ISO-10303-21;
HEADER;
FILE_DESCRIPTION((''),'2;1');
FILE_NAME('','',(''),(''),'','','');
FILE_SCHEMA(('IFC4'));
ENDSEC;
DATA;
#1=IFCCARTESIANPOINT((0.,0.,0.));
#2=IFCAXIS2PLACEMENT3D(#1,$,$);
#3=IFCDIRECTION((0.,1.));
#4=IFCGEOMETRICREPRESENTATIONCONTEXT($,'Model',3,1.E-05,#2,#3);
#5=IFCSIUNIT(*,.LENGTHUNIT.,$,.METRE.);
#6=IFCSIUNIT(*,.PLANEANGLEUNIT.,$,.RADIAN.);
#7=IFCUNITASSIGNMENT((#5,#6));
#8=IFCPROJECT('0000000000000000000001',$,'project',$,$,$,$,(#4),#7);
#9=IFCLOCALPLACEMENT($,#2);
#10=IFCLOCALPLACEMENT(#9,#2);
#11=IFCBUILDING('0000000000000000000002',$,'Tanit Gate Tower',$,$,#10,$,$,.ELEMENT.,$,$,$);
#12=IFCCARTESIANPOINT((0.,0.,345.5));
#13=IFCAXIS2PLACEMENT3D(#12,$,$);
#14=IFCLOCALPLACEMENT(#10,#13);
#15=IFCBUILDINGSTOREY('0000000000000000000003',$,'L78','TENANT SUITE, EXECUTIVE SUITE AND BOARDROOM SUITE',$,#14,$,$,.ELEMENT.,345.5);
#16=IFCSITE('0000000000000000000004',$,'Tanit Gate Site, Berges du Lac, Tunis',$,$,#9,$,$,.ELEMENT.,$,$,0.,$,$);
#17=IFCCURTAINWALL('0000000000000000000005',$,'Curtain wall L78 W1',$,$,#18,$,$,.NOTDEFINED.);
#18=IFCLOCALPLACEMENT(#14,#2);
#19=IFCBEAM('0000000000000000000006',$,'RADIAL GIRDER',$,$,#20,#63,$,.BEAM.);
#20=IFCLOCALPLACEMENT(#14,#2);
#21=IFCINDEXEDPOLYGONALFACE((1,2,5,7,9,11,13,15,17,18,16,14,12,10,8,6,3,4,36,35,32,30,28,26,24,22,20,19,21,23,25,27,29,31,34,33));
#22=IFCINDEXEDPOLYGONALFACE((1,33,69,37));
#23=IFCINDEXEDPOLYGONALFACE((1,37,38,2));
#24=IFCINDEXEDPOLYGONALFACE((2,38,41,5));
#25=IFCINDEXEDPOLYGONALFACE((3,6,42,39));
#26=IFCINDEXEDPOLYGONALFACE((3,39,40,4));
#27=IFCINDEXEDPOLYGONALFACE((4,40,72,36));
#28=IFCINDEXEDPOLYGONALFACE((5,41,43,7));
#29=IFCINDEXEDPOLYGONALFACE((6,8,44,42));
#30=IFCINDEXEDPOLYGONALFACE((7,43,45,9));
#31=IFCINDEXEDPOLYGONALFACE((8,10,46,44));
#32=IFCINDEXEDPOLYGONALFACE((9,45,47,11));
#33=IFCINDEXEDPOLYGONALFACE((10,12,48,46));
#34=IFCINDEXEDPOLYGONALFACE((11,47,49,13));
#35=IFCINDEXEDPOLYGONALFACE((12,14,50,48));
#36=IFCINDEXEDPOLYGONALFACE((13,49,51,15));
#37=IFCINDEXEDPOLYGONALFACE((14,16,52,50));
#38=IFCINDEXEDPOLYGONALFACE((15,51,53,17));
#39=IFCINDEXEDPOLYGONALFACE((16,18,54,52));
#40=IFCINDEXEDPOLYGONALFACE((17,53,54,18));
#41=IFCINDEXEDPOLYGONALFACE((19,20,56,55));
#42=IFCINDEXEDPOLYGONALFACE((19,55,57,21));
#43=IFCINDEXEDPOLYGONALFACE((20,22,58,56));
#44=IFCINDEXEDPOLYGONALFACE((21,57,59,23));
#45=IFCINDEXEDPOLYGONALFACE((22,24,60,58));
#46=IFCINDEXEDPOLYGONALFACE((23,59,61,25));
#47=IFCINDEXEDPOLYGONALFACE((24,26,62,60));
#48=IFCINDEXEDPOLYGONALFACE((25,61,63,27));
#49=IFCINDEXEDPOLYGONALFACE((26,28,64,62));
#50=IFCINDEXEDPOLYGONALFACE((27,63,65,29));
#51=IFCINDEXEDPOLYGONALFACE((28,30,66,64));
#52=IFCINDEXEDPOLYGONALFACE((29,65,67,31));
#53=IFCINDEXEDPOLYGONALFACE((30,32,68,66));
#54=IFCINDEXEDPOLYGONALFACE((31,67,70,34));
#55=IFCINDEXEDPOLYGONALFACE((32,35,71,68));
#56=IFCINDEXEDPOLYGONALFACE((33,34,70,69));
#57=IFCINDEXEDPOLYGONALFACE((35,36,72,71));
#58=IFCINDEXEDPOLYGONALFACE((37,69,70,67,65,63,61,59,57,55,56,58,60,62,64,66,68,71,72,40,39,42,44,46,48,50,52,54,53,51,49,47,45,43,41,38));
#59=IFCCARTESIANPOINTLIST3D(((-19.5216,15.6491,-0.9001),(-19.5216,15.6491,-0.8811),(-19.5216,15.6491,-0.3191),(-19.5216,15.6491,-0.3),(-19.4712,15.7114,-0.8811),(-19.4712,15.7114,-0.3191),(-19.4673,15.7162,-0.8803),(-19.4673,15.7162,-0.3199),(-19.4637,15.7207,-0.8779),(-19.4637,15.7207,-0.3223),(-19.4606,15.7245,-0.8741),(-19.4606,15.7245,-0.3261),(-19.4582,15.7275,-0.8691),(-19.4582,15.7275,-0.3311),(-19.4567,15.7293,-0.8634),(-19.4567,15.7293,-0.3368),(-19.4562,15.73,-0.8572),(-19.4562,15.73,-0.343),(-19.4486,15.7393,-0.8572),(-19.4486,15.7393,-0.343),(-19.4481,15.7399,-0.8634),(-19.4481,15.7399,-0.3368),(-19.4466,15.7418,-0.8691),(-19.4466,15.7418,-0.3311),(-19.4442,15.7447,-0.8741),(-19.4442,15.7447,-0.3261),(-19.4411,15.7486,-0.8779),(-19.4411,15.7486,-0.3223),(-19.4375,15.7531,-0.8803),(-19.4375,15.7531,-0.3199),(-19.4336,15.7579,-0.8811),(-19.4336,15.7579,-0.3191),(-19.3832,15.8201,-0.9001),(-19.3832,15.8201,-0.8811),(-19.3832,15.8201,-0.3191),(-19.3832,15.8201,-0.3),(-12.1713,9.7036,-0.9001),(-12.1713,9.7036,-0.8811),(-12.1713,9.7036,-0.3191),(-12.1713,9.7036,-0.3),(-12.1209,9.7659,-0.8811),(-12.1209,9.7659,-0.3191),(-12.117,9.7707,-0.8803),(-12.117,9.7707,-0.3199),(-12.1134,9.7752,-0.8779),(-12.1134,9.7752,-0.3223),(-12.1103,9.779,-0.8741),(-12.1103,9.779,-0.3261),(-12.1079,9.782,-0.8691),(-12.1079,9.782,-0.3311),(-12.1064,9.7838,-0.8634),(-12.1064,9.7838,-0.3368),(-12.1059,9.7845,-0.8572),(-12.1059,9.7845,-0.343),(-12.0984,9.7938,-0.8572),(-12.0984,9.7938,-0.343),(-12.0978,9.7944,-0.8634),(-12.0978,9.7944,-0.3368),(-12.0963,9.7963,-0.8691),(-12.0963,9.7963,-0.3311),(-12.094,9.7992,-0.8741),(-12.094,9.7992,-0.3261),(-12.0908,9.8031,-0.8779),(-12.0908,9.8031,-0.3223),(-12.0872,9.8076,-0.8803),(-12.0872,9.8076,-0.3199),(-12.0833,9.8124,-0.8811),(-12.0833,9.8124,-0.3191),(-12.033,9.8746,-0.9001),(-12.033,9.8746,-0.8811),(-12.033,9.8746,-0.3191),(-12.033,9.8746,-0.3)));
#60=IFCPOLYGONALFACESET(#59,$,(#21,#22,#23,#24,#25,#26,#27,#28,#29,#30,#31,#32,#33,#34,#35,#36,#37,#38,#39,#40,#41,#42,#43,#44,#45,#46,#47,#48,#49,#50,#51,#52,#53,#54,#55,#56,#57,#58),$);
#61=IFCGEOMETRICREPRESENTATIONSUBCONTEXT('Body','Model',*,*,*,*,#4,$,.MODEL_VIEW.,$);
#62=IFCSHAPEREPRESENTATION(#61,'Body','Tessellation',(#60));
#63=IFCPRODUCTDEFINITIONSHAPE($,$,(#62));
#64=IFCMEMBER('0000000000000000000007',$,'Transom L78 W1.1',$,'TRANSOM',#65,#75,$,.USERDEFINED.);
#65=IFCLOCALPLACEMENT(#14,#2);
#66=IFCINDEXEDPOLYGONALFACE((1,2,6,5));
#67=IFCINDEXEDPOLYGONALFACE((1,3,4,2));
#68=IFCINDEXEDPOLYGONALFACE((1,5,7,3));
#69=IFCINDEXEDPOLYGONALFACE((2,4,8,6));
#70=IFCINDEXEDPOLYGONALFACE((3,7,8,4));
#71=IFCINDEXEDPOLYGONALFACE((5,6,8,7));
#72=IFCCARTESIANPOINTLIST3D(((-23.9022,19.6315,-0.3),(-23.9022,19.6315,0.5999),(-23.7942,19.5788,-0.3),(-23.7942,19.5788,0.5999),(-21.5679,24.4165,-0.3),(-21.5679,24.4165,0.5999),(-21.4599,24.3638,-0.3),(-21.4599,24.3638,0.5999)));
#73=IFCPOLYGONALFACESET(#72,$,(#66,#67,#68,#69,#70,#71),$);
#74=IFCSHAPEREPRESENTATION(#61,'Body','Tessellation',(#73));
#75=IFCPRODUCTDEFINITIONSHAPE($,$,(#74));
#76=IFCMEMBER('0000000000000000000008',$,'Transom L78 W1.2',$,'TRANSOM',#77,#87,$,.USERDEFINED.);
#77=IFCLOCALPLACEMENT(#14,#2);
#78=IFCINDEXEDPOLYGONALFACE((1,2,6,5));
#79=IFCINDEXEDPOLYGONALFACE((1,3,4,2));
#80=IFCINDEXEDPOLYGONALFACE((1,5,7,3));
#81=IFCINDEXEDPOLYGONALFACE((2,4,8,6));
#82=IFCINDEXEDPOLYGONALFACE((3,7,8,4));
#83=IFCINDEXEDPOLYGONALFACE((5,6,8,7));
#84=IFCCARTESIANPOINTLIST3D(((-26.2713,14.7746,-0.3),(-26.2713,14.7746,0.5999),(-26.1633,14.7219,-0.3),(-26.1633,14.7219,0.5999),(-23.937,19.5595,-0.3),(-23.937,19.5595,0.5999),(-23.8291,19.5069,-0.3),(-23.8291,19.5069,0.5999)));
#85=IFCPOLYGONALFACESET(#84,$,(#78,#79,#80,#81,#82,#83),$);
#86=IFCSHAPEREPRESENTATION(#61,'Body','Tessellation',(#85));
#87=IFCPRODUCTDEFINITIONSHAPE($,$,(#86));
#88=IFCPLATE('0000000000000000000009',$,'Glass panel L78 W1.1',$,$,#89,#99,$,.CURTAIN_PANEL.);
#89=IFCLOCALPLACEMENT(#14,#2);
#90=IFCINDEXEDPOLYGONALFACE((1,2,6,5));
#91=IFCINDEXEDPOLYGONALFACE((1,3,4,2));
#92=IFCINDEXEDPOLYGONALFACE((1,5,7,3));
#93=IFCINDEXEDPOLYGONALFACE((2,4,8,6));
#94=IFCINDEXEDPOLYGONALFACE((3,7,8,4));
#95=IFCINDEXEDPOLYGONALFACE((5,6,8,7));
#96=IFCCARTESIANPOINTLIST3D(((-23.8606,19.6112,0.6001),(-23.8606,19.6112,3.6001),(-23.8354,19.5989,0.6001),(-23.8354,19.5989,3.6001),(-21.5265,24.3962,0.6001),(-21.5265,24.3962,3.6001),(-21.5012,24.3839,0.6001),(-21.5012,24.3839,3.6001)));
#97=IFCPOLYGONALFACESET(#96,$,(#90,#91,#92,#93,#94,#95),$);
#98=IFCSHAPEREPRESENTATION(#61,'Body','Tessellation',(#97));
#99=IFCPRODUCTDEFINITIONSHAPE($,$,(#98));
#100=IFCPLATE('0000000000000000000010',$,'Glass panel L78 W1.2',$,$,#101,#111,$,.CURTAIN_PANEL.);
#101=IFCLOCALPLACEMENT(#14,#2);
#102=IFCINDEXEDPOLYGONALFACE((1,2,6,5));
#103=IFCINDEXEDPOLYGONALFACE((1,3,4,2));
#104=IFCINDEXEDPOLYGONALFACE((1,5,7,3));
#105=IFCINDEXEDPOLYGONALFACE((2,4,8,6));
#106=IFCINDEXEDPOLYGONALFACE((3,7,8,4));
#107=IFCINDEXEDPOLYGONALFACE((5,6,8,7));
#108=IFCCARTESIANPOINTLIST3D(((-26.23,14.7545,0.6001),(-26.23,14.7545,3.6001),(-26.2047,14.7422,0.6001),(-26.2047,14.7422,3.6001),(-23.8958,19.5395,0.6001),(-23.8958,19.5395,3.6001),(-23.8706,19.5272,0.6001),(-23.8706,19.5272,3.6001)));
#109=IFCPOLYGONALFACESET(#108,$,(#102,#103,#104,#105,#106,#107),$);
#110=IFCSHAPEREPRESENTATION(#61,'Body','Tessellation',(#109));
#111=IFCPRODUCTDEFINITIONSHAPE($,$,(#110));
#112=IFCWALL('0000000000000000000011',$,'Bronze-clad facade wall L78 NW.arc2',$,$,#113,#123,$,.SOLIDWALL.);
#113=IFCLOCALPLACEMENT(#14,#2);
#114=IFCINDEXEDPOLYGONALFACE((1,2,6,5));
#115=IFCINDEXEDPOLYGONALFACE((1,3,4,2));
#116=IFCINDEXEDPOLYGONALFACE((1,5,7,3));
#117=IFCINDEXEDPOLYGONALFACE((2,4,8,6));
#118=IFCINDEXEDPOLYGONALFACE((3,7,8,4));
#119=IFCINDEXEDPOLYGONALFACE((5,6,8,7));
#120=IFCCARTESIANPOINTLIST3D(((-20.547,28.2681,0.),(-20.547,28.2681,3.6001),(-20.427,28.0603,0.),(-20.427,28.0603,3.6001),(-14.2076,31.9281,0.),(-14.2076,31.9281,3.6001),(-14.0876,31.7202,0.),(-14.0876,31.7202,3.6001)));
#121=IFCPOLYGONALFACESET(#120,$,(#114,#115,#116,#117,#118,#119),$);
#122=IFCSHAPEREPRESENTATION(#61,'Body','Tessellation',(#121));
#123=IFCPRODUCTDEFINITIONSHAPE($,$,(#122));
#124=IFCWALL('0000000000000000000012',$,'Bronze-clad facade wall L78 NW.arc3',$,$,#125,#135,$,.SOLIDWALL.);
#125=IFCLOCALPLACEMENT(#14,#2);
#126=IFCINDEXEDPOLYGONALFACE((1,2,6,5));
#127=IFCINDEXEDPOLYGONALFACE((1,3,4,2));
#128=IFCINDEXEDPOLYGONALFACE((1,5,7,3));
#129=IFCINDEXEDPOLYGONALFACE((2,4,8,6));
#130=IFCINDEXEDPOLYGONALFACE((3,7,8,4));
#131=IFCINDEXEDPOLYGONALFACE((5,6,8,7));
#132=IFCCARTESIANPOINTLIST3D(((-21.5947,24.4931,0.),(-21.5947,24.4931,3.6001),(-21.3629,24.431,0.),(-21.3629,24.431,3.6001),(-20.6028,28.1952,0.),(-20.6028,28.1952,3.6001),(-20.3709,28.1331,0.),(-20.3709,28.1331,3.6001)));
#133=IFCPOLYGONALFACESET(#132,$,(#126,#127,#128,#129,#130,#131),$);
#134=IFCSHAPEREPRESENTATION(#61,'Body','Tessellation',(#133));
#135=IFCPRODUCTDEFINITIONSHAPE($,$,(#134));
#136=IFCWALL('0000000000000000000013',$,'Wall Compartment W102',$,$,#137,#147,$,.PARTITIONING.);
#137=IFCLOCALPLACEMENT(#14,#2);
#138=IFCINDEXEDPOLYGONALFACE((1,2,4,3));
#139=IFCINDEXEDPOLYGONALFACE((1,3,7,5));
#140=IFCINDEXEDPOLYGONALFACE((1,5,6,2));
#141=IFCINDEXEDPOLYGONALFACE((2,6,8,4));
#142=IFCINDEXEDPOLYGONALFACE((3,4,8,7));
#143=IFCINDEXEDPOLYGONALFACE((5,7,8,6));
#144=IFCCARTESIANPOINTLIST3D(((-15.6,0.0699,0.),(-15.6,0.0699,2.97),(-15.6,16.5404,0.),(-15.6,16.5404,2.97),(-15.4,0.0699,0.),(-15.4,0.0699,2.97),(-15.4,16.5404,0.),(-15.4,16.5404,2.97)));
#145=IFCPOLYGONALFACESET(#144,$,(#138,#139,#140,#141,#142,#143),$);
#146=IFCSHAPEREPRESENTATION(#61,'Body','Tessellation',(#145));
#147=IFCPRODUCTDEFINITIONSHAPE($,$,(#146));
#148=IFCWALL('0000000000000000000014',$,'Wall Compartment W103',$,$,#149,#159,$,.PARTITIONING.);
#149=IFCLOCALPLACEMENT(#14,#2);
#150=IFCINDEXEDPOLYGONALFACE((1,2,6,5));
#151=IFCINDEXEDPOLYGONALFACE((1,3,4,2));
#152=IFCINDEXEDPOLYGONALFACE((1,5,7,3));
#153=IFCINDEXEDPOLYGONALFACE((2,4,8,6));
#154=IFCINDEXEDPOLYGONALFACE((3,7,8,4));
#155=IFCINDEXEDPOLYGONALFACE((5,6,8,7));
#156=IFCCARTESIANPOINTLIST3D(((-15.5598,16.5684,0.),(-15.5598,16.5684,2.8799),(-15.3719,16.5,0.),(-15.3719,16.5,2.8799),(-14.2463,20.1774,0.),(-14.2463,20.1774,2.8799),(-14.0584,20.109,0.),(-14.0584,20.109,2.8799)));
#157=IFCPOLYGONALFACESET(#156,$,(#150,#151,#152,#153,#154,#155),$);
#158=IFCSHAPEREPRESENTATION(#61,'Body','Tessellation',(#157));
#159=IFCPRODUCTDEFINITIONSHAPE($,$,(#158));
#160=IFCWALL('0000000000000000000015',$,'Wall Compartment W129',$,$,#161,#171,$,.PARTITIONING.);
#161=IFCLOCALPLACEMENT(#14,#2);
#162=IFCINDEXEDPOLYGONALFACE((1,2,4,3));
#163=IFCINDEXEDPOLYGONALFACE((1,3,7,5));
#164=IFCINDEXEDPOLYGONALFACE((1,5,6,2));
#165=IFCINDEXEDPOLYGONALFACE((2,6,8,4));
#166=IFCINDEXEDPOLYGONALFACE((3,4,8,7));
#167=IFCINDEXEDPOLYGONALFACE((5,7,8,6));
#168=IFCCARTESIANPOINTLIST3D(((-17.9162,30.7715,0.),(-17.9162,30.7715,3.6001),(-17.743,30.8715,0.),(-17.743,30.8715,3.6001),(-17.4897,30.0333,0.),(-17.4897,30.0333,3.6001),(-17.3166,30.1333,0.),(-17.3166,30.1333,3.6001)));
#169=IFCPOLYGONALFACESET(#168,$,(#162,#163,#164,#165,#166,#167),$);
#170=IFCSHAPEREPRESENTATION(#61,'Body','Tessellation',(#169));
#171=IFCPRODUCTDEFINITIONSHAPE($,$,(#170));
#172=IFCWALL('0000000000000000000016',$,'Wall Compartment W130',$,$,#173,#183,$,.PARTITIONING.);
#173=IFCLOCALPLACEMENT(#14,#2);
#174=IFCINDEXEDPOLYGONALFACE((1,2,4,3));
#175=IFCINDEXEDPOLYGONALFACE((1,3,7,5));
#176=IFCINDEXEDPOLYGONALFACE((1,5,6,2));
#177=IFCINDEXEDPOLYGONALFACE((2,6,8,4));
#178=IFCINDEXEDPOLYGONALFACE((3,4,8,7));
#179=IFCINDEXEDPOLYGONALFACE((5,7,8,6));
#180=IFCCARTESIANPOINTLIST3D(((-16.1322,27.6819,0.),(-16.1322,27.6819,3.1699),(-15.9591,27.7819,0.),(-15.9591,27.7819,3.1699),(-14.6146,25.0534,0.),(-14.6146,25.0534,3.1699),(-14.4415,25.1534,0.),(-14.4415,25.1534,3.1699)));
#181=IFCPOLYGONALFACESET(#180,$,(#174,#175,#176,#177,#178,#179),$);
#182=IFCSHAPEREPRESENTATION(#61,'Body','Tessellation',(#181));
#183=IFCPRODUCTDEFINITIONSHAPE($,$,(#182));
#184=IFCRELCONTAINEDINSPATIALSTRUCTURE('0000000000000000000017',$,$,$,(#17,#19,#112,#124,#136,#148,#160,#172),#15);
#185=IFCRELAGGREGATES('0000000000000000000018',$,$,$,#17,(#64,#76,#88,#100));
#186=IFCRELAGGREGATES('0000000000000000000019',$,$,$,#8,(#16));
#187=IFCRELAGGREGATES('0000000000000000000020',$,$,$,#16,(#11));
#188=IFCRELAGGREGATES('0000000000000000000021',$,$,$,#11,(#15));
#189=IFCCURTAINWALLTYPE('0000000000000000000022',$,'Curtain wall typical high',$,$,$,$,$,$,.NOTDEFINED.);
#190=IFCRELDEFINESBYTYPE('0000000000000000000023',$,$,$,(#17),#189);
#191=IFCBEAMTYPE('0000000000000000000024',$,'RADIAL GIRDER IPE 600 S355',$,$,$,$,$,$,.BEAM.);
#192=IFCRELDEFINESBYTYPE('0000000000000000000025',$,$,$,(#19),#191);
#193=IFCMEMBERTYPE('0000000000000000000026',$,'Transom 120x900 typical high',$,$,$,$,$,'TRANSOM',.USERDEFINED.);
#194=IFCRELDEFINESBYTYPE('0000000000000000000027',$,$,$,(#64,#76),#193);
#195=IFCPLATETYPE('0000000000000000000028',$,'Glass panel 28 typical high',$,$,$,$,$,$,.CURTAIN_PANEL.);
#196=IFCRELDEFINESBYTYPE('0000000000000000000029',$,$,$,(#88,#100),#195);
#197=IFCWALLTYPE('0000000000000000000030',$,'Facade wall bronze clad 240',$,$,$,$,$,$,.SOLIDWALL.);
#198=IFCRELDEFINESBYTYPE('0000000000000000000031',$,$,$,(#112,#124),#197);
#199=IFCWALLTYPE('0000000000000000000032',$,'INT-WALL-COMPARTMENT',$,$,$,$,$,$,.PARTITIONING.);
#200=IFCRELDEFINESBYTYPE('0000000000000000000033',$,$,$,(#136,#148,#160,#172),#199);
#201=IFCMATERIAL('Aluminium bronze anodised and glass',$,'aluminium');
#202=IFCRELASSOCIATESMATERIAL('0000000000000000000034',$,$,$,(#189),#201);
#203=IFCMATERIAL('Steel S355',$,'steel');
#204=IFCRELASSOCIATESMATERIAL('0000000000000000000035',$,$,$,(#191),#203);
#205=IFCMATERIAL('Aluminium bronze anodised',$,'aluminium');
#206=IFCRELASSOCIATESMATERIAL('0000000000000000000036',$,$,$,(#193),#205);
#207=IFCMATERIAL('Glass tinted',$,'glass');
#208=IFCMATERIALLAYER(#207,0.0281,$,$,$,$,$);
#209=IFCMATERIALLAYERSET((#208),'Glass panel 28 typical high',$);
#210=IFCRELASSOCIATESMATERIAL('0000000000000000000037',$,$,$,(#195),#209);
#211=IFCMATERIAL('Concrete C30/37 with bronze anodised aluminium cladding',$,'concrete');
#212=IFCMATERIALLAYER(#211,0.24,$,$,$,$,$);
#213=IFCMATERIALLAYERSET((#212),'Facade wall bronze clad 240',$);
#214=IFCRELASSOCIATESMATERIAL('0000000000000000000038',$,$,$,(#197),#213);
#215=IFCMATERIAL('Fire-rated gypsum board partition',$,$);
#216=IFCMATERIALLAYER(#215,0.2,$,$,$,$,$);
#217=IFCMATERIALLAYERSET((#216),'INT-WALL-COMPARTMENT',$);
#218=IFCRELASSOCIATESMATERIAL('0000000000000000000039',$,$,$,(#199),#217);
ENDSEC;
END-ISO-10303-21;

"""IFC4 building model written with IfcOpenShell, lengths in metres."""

from ifc_helpers import new_model, si_unit, direction, frame, frame_2d, origin, origin_2d, place, context, subcontext, project, spatial, rectangle, i_section, extrude, material, layer, layer_set, material_profile, profile_set, type_object, element, aggregate, save


model = new_model("IFC4")

# Units and contexts
model_context = context("Model", 3, precision=1e-05, world=origin(), true_north=direction((0.0, 1.0)))
body_context = subcontext(model_context, "Body", "Model", "MODEL_VIEW")
ifc_project = project(units=[si_unit("LENGTHUNIT", "METRE"), si_unit("PLANEANGLEUNIT", "RADIAN")], contexts=[model_context])

# Site, building, storey
site_placement = place(None, origin())
site = spatial("IfcSite", under=ifc_project, at=site_placement, Name="Tanit Gate Site, Berges du Lac, Tunis", CompositionType="ELEMENT", RefElevation=0.0)
building_placement = place(site_placement, origin())
building = spatial("IfcBuilding", under=site, at=building_placement, Name="Tanit Gate Tower", CompositionType="ELEMENT")
storey_placement = place(building_placement, frame((0.0, 0.0, 345.5)))
storey = spatial("IfcBuildingStorey", under=building, at=storey_placement, Name="L78", Description="TENANT SUITE, EXECUTIVE SUITE AND BOARDROOM SUITE", CompositionType="ELEMENT", Elevation=345.5)

# Curtain wall
ifc_material_1 = material(Name="Aluminium bronze anodised and glass", Category="aluminium")
curtain_wall_type = type_object("IfcCurtainWallType", Name="Curtain wall typical high", PredefinedType="NOTDEFINED", material=ifc_material_1)
curtain_wall_placement = place(storey_placement, origin())
curtain_wall = element("IfcCurtainWall", 1, at=curtain_wall_placement, inside=storey, type_object=curtain_wall_type, Name="Curtain wall L78 W1", PredefinedType="NOTDEFINED")

# Beam
ifc_material_2 = material(Name="Steel S355", Category="steel")
ifc_material_profile_1 = material_profile(ifc_material_2, i_section(OverallWidth=0.22, OverallDepth=0.6001, WebThickness=0.012, FlangeThickness=0.019, FilletRadius=0.0239, at=origin_2d()), Name="IPE 600")
ifc_profile_set_1 = profile_set([ifc_material_profile_1], Name="Steel S355")
beam_type_1 = type_object("IfcBeamType", Name="RADIAL GIRDER IPE 600 S355", PredefinedType="BEAM", material=ifc_profile_set_1)
beam_1_placement = place(storey_placement, frame((-19.4524, 15.7346, -0.6001), z_axis=(0.777489, -0.628897, 0.0), x_axis=(0.628897, 0.777489, 0.0)))
element("IfcBeam", 2, at=beam_1_placement, inside=storey, type_object=beam_type_1, Name="RADIAL GIRDER", PredefinedType="BEAM", context=body_context, shape_type="SweptSolid", body=[
    extrude(i_section(OverallWidth=0.22, OverallDepth=0.6001, WebThickness=0.012, FlangeThickness=0.019, FilletRadius=0.0239, at=origin_2d()), origin(), (0.0, 0.0, 1.0), 9.4539),
])

# Members
ifc_material_3 = material(Name="Aluminium bronze anodised", Category="aluminium")
ifc_material_profile_2 = material_profile(ifc_material_3, rectangle(XDim=0.1201, YDim=0.8999, at=origin_2d()), Name="120x900 bronze transom")
ifc_profile_set_2 = profile_set([ifc_material_profile_2], Name="Aluminium bronze anodised")
member_type_1 = type_object("IfcMemberType", Name="Transom 120x900 typical high", ElementType="TRANSOM", PredefinedType="USERDEFINED", material=ifc_profile_set_2)
member_1_placement = place(storey_placement, frame((-21.5139, 24.3901, 0.1499), z_axis=(-0.438443, -0.898759, 0.0), x_axis=(0.898759, -0.438443, 0.0)))
member_1 = element("IfcMember", 3, at=member_1_placement, type_object=member_type_1, Name="Transom L78 W1.1", ObjectType="TRANSOM", PredefinedType="USERDEFINED", context=body_context, shape_type="SweptSolid", body=[
    extrude(rectangle(XDim=0.1201, YDim=0.8999, at=origin_2d()), origin(), (0.0, 0.0, 1.0), 5.324),
])
member_2_placement = place(storey_placement, frame((-23.8831, 19.5332, 0.1499), z_axis=(-0.438443, -0.898759, 0.0), x_axis=(0.898759, -0.438443, 0.0)))
member_2 = element("IfcMember", 4, at=member_2_placement, type_object=member_type_1, Name="Transom L78 W1.2", ObjectType="TRANSOM", PredefinedType="USERDEFINED", context=body_context, shape_type="SweptSolid", body=[
    extrude(rectangle(XDim=0.1201, YDim=0.8999, at=origin_2d()), origin(), (0.0, 0.0, 1.0), 5.324),
])

# Plates
ifc_material_4 = material(Name="Glass tinted", Category="glass")
ifc_layer_1 = layer(ifc_material_4, 0.0281)
ifc_layer_set_1 = layer_set([ifc_layer_1], Name="Glass panel 28 typical high")
plate_type = type_object("IfcPlateType", Name="Glass panel 28 typical high", PredefinedType="CURTAIN_PANEL", material=ifc_layer_set_1)
plate_1_placement = place(storey_placement, frame((-22.6809, 21.9976, 0.6001), z_axis=(0.0, 0.0, 1.0), x_axis=(-0.43842, -0.89877, 0.0)))
plate_1 = element("IfcPlate", 5, at=plate_1_placement, type_object=plate_type, Name="Glass panel L78 W1.1", PredefinedType="CURTAIN_PANEL", context=body_context, shape_type="SweptSolid", body=[
    extrude(rectangle(XDim=5.324, YDim=0.0281, at=origin_2d()), origin(), (0.0, 0.0, 1.0), 3.0),
])
plate_2_placement = place(storey_placement, frame((-25.0503, 17.1409, 0.6001), z_axis=(0.0, 0.0, 1.0), x_axis=(-0.43842, -0.89877, 0.0)))
plate_2 = element("IfcPlate", 6, at=plate_2_placement, type_object=plate_type, Name="Glass panel L78 W1.2", PredefinedType="CURTAIN_PANEL", context=body_context, shape_type="SweptSolid", body=[
    extrude(rectangle(XDim=5.324, YDim=0.0281, at=origin_2d()), origin(), (0.0, 0.0, 1.0), 3.0),
])
aggregate(curtain_wall, [member_1, member_2, plate_1, plate_2])

# Walls
ifc_material_5 = material(Name="Concrete C30/37 with bronze anodised aluminium cladding", Category="concrete")
ifc_layer_2 = layer(ifc_material_5, 0.24)
ifc_layer_set_2 = layer_set([ifc_layer_2], Name="Facade wall bronze clad 240")
wall_type_1 = type_object("IfcWallType", Name="Facade wall bronze clad 240", PredefinedType="SOLIDWALL", material=ifc_layer_set_2)
wall_1_placement = place(storey_placement, frame((-14.1475, 31.8242, 0.0), z_axis=(0.0, 0.0, 1.0), x_axis=(-0.866032, -0.499988, 0.0)))
element("IfcWall", 7, at=wall_1_placement, inside=storey, type_object=wall_type_1, Name="Bronze-clad facade wall L78 NW.arc2", PredefinedType="SOLIDWALL", context=body_context, shape_type="SweptSolid", body=[
    extrude(rectangle(XDim=7.3201, YDim=0.24, at=frame_2d((3.6602, 0.0))), origin(), (0.0, 0.0, 1.0), 3.6001),
])
wall_2_placement = place(storey_placement, frame((-20.4868, 28.1643, 0.0), z_axis=(0.0, 0.0, 1.0), x_axis=(-0.258808, -0.965929, 0.0)))
element("IfcWall", 8, at=wall_2_placement, inside=storey, type_object=wall_type_1, Name="Bronze-clad facade wall L78 NW.arc3", PredefinedType="SOLIDWALL", context=body_context, shape_type="SweptSolid", body=[
    extrude(rectangle(XDim=3.8328, YDim=0.24, at=frame_2d((1.9165, 0.0))), origin(), (0.0, 0.0, 1.0), 3.6001),
])
ifc_material_6 = material(Name="Fire-rated gypsum board partition")
ifc_layer_3 = layer(ifc_material_6, 0.2)
ifc_layer_set_3 = layer_set([ifc_layer_3], Name="INT-WALL-COMPARTMENT")
wall_type_2 = type_object("IfcWallType", Name="INT-WALL-COMPARTMENT", PredefinedType="PARTITIONING", material=ifc_layer_set_3)
wall_3_placement = place(storey_placement, frame((-15.5, 16.5405, 0.0), z_axis=(0.0, 0.0, 1.0), x_axis=(0.0, -1.0, 0.0)))
element("IfcWall", 9, at=wall_3_placement, inside=storey, type_object=wall_type_2, Name="Wall Compartment W102", PredefinedType="PARTITIONING", context=body_context, shape_type="SweptSolid", body=[
    extrude(rectangle(XDim=16.4705, YDim=0.2, at=frame_2d((8.2354, 0.0))), origin(), (0.0, 0.0, 1.0), 2.97),
])
wall_4_placement = place(storey_placement, frame((-14.1523, 20.1433, 0.0), z_axis=(0.0, 0.0, 1.0), x_axis=(-0.342008, -0.939697, 0.0)))
element("IfcWall", 10, at=wall_4_placement, inside=storey, type_object=wall_type_2, Name="Wall Compartment W103", PredefinedType="PARTITIONING", context=body_context, shape_type="SweptSolid", body=[
    extrude(rectangle(XDim=3.8406, YDim=0.2, at=frame_2d((1.9204, 0.0))), origin(), (0.0, 0.0, 1.0), 2.8799),
])
wall_5_placement = place(storey_placement, frame((-17.8296, 30.8215, 0.0), z_axis=(0.0, 0.0, 1.0), x_axis=(0.500235, -0.86589, 0.0)))
element("IfcWall", 11, at=wall_5_placement, inside=storey, type_object=wall_type_2, Name="Wall Compartment W129", PredefinedType="PARTITIONING", context=body_context, shape_type="SweptSolid", body=[
    extrude(rectangle(XDim=0.8525, YDim=0.2, at=frame_2d((0.4263, 0.0))), origin(), (0.0, 0.0, 1.0), 3.6001),
])
wall_6_placement = place(storey_placement, frame((-16.0457, 27.7319, 0.0), z_axis=(0.0, 0.0, 1.0), x_axis=(0.500015, -0.866017, 0.0)))
element("IfcWall", 12, at=wall_6_placement, inside=storey, type_object=wall_type_2, Name="Wall Compartment W130", PredefinedType="PARTITIONING", context=body_context, shape_type="SweptSolid", body=[
    extrude(rectangle(XDim=3.0352, YDim=0.2, at=frame_2d((1.5176, 0.0))), origin(), (0.0, 0.0, 1.0), 3.1699),
])

save(model, "model.ifc")
